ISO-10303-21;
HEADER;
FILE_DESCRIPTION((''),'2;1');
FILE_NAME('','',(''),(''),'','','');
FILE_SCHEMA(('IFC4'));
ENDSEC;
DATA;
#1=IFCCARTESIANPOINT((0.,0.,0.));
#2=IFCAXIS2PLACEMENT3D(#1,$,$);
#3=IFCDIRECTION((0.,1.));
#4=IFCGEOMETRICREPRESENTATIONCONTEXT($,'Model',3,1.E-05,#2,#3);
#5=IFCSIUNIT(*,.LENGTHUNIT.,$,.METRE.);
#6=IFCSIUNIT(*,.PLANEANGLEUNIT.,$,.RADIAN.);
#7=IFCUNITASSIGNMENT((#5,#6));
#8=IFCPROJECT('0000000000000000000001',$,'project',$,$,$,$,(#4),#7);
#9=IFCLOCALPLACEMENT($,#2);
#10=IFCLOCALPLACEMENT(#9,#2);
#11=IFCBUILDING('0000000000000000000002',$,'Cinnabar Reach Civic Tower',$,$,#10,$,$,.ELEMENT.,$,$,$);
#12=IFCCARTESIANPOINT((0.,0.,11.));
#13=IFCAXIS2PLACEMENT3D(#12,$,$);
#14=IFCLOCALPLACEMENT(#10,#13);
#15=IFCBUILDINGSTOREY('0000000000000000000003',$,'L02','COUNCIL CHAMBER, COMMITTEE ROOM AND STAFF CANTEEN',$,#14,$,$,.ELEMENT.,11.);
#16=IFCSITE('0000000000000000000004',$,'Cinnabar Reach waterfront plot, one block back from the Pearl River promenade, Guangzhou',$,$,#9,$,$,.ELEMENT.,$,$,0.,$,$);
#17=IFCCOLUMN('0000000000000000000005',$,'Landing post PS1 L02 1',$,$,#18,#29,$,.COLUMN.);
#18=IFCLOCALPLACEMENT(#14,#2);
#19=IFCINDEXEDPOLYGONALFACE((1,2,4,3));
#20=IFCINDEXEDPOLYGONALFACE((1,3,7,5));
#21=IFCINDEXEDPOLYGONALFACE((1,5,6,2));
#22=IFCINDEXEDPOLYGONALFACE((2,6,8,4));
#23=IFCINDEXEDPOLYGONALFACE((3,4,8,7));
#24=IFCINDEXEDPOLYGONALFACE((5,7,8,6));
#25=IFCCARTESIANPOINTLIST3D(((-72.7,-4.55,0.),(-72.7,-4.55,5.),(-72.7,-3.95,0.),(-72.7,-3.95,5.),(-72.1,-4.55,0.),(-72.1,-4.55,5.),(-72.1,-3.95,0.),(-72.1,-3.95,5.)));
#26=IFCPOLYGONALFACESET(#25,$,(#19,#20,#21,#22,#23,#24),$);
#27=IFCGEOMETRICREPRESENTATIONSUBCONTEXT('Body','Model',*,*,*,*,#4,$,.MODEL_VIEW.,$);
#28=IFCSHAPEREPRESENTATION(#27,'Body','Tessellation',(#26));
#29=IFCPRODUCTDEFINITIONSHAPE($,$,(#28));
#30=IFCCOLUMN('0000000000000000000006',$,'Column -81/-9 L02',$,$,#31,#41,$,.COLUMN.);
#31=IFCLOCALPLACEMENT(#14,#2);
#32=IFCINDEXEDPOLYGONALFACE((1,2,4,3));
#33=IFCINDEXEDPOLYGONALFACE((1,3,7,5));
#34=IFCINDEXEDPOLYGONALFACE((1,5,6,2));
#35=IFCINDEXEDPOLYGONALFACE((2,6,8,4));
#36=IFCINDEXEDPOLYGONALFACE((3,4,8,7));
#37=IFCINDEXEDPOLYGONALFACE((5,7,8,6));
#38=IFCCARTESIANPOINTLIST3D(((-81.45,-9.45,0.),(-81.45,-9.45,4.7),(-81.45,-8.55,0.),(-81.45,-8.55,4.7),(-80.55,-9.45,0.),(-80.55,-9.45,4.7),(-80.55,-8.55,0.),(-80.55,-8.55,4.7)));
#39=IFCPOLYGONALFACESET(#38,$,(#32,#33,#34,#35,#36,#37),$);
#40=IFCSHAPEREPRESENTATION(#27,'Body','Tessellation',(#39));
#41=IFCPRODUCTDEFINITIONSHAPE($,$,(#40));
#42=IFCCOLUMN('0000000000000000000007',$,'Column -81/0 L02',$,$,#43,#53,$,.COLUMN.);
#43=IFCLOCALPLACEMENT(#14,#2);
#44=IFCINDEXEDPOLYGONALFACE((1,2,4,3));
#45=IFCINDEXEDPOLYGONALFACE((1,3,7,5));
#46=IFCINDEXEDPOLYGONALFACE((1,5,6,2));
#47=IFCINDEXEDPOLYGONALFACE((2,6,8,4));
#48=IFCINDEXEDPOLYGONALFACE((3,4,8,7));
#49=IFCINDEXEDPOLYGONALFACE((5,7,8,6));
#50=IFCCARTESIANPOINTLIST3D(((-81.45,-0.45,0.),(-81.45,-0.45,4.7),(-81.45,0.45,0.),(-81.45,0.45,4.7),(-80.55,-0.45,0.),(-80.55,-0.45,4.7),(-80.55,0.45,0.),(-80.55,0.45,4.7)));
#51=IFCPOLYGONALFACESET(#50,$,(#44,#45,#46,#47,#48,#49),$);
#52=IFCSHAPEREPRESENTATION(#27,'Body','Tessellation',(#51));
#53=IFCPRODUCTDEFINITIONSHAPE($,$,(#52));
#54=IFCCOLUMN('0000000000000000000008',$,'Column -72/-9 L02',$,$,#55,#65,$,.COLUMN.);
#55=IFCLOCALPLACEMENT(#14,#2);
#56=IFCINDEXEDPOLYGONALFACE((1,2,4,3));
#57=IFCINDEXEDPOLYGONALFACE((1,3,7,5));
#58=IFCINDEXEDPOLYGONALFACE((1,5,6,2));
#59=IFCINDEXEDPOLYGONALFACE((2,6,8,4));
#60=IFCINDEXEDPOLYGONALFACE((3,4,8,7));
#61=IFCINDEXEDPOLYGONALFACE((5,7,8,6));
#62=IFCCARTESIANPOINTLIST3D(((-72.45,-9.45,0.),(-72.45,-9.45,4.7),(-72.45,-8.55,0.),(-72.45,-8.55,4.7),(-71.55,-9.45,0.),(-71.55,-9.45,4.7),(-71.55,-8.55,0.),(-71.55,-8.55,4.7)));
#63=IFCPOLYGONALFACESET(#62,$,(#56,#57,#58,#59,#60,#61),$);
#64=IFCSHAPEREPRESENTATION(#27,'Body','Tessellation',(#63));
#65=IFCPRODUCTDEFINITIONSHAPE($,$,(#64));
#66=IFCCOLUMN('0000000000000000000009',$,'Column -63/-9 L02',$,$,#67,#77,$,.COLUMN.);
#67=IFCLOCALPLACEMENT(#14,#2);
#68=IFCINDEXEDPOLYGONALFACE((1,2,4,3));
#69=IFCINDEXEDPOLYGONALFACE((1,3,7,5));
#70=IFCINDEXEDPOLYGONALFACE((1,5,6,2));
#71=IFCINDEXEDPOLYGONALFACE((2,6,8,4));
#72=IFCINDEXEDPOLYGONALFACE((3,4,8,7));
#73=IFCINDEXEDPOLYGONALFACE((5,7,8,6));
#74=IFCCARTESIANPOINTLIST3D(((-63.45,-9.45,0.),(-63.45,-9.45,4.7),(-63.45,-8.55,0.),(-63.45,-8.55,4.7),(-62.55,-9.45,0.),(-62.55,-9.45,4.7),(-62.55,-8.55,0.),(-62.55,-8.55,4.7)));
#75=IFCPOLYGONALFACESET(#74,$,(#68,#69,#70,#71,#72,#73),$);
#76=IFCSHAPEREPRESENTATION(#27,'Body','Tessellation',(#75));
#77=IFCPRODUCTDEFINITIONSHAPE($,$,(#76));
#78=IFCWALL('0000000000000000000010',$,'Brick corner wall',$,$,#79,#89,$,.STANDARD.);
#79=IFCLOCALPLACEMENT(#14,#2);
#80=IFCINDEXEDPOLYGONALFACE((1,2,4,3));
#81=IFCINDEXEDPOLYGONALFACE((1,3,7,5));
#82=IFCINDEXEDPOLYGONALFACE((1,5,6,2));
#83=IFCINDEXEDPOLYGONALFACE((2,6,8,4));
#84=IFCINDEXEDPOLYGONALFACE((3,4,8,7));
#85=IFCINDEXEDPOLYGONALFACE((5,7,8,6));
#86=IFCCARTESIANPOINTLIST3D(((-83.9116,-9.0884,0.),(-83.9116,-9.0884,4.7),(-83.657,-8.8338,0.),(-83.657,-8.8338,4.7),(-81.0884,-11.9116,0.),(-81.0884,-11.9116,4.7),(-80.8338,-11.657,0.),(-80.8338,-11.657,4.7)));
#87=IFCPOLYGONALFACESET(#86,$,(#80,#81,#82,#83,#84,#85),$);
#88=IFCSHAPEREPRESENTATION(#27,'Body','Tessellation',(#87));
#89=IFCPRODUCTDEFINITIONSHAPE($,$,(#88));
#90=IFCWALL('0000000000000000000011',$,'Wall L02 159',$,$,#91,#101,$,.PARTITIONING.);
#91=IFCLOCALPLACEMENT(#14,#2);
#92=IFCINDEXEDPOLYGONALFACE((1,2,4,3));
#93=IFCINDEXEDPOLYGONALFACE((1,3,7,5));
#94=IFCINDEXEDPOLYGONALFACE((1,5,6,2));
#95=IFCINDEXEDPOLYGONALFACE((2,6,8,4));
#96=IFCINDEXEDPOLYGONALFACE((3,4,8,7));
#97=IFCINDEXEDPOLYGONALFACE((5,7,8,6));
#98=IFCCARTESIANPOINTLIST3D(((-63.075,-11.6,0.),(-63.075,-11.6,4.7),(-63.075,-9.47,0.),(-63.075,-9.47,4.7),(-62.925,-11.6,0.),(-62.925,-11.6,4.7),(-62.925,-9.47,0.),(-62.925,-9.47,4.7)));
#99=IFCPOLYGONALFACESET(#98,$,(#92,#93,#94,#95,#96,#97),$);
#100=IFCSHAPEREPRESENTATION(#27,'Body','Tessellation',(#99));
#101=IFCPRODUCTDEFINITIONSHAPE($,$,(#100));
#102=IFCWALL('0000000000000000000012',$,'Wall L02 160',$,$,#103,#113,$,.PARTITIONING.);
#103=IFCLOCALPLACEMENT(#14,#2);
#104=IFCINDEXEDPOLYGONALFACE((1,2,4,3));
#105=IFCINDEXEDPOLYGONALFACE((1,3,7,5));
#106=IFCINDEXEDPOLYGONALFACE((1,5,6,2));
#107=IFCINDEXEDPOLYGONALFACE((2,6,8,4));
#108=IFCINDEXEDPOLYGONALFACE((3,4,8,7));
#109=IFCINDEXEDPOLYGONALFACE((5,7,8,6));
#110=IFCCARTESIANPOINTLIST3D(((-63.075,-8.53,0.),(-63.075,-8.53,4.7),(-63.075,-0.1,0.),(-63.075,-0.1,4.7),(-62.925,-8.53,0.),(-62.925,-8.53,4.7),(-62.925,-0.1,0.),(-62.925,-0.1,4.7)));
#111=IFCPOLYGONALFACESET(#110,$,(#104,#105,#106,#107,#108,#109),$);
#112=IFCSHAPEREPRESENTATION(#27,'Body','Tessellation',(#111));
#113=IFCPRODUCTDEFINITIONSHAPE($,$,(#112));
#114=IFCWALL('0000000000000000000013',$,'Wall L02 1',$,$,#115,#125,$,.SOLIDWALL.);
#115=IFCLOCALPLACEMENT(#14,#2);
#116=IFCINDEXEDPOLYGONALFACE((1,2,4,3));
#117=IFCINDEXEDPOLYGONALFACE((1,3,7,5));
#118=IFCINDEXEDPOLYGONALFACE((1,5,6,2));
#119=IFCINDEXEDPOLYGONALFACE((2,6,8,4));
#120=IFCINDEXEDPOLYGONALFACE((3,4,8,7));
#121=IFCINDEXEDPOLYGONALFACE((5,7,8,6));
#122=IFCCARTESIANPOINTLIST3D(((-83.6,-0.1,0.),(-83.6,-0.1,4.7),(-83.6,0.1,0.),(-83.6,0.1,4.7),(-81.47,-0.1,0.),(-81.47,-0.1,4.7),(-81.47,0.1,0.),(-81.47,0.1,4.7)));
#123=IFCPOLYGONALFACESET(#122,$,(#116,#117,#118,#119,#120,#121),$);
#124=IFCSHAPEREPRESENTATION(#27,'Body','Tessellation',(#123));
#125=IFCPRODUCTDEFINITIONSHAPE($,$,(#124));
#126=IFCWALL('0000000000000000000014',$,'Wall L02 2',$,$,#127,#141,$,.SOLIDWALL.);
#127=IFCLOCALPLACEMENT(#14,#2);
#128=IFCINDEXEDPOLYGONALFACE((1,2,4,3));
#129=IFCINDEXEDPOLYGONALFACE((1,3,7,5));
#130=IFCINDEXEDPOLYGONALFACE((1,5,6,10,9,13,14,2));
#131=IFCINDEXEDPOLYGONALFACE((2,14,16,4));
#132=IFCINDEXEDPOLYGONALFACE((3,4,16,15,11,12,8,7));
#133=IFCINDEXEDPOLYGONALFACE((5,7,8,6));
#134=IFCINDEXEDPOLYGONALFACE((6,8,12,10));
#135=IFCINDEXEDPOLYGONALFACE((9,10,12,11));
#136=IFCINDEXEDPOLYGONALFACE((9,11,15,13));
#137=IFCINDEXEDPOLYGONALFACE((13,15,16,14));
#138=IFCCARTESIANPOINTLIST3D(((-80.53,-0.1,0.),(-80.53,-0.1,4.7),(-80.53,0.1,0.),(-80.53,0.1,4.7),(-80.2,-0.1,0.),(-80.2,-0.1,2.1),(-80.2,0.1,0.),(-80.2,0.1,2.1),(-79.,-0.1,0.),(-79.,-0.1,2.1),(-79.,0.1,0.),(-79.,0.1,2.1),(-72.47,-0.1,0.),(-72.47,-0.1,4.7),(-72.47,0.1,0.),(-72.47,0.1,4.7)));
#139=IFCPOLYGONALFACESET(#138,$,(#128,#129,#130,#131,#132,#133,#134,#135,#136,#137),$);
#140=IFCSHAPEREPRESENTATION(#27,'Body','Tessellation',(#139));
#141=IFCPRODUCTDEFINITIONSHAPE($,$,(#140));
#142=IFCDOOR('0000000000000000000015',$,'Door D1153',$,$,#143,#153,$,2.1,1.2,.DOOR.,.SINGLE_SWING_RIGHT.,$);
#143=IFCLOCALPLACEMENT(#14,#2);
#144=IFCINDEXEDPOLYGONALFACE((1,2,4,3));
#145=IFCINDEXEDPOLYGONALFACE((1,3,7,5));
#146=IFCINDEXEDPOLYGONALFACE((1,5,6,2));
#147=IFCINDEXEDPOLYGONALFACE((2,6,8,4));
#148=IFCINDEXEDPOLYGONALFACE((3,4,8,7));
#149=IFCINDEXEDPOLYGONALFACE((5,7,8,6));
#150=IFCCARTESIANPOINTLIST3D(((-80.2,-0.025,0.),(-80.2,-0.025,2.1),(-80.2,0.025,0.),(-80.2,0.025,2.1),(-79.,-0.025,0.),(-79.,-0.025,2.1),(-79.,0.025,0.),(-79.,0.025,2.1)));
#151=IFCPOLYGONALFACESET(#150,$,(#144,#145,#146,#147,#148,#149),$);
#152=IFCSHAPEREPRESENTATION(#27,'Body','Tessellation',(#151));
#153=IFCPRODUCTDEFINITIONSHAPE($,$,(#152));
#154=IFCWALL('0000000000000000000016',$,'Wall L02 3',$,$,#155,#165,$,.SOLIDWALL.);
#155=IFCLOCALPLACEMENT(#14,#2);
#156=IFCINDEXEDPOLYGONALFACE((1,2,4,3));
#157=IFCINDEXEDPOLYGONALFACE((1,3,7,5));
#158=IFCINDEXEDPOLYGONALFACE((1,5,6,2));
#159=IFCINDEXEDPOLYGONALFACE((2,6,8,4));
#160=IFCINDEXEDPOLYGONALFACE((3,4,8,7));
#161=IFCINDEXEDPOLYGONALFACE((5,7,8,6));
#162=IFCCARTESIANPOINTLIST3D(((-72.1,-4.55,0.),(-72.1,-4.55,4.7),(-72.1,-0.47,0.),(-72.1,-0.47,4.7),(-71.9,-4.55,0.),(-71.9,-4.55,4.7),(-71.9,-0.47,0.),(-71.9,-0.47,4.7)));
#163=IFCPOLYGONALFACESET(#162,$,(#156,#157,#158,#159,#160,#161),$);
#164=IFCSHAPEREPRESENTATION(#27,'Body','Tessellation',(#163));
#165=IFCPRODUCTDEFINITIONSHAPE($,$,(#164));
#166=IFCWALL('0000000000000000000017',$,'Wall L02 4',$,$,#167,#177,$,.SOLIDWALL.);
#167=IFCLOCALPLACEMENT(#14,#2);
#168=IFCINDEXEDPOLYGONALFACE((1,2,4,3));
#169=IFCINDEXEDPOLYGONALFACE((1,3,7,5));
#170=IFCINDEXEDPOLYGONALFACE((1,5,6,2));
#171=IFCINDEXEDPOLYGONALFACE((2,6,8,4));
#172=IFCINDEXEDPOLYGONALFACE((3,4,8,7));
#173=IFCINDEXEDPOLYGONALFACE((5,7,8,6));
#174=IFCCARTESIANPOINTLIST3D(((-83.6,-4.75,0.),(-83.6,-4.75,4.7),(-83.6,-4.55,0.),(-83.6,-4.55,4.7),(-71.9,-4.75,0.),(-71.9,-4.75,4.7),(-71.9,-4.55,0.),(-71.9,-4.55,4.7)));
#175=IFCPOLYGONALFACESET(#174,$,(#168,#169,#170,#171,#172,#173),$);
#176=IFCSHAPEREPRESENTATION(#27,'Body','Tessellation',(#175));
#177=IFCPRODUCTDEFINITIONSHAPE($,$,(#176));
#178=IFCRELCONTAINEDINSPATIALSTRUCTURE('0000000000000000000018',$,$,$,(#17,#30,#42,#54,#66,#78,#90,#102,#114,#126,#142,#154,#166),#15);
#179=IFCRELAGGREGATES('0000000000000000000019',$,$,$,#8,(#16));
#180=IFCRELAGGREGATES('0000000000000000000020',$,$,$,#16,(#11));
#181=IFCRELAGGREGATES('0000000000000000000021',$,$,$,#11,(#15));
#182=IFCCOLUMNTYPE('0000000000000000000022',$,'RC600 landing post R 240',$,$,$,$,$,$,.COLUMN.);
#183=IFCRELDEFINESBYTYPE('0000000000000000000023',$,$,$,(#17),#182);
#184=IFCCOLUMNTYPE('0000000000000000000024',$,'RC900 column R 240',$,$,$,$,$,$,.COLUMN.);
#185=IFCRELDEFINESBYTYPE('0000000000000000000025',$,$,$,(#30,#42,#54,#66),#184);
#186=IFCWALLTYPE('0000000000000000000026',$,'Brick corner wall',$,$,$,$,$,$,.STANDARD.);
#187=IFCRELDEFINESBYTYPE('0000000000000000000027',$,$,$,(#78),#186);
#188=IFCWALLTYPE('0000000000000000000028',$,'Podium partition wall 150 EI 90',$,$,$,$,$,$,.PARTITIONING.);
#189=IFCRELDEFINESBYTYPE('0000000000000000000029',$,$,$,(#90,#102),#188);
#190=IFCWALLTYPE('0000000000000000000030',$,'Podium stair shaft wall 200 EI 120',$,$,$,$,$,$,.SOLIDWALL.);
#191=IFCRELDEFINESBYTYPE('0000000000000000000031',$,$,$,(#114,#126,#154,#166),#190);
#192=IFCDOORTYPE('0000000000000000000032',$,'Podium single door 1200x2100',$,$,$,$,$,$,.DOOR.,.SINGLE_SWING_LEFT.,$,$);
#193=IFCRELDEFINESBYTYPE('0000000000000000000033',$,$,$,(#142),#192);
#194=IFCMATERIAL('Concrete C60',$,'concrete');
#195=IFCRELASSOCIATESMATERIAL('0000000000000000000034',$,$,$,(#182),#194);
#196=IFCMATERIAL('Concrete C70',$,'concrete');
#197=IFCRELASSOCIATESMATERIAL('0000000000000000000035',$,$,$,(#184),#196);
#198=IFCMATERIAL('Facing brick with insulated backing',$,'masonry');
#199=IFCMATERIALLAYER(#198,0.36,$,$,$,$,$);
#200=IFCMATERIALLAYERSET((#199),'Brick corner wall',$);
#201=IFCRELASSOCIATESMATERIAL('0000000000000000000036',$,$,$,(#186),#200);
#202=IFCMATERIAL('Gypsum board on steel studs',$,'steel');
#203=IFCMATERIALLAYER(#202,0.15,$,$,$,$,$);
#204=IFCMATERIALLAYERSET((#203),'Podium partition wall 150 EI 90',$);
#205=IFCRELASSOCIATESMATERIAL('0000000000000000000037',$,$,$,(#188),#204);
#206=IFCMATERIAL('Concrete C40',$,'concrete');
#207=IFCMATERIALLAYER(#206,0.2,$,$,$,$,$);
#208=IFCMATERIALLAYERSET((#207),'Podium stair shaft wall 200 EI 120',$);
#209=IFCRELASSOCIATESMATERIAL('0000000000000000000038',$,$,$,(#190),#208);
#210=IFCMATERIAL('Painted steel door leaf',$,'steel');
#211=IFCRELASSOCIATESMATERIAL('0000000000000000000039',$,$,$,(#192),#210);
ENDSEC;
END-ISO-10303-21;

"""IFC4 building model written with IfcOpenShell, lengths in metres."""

from ifc_helpers import new_model, si_unit, direction, frame, frame_2d, origin, origin_2d, place, context, subcontext, project, spatial, rectangle, extrude, material, layer, layer_set, material_profile, profile_set, type_object, element, fill, save


model = new_model("IFC4")

# Units and contexts
model_context = context("Model", 3, precision=1e-05, world=origin(), true_north=direction((0.0, 1.0)))
body_context = subcontext(model_context, "Body", "Model", "MODEL_VIEW")
ifc_project = project(units=[si_unit("LENGTHUNIT", "METRE"), si_unit("PLANEANGLEUNIT", "RADIAN")], contexts=[model_context])

# Site, building, storey
site_placement = place(None, origin())
site = spatial("IfcSite", under=ifc_project, at=site_placement, Name="Cinnabar Reach waterfront plot, one block back from the Pearl River promenade, Guangzhou", CompositionType="ELEMENT", RefElevation=0.0)
building_placement = place(site_placement, origin())
building = spatial("IfcBuilding", under=site, at=building_placement, Name="Cinnabar Reach Civic Tower", CompositionType="ELEMENT")
storey_placement = place(building_placement, frame((0.0, 0.0, 11.0)))
storey = spatial("IfcBuildingStorey", under=building, at=storey_placement, Name="L02", Description="COUNCIL CHAMBER, COMMITTEE ROOM AND STAFF CANTEEN", CompositionType="ELEMENT", Elevation=11.0)

# Columns
ifc_material_1 = material(Name="Concrete C60", Category="concrete")
ifc_material_profile_1 = material_profile(ifc_material_1, rectangle(XDim=0.6, YDim=0.6, at=origin_2d()), Name="RC600")
ifc_profile_set_1 = profile_set([ifc_material_profile_1], Name="Concrete C60")
column_type_1 = type_object("IfcColumnType", Name="RC600 landing post R 240", PredefinedType="COLUMN", material=ifc_profile_set_1)
column_placement = place(storey_placement, frame((-72.4, -4.25, 0.0), z_axis=(0.0, 0.0, 1.0), x_axis=(1.0, 0.0, 0.0)))
element("IfcColumn", 1, at=column_placement, inside=storey, type_object=column_type_1, Name="Landing post PS1 L02 1", PredefinedType="COLUMN", context=body_context, shape_type="SweptSolid", body=[
    extrude(rectangle(XDim=0.6, YDim=0.6, at=origin_2d()), origin(), (0.0, 0.0, 1.0), 5.0),
])
ifc_material_2 = material(Name="Concrete C70", Category="concrete")
ifc_material_profile_2 = material_profile(ifc_material_2, rectangle(XDim=0.9, YDim=0.9, at=origin_2d()), Name="RC900")
ifc_profile_set_2 = profile_set([ifc_material_profile_2], Name="Concrete C70")
column_type_2 = type_object("IfcColumnType", Name="RC900 column R 240", PredefinedType="COLUMN", material=ifc_profile_set_2)
for number, where, z_axis, x_axis, name in (
    (2, (-81.0, -9.0, 0.0), (0.0, 0.0, 1.0), (1.0, 0.0, 0.0), "Column -81/-9 L02"),
    (3, (-81.0, 0.0, 0.0), (0.0, 0.0, 1.0), (1.0, 0.0, 0.0), "Column -81/0 L02"),
    (4, (-72.0, -9.0, 0.0), (0.0, 0.0, 1.0), (1.0, 0.0, 0.0), "Column -72/-9 L02"),
    (5, (-63.0, -9.0, 0.0), (0.0, 0.0, 1.0), (1.0, 0.0, 0.0), "Column -63/-9 L02"),
):
    element("IfcColumn", number, at=place(storey_placement, frame(where, z_axis=z_axis, x_axis=x_axis)), inside=storey, type_object=column_type_2, Name=name, PredefinedType="COLUMN", context=body_context, shape_type="SweptSolid", body=[
        extrude(rectangle(XDim=0.9, YDim=0.9, at=origin_2d()), origin(), (0.0, 0.0, 1.0), 4.7),
    ])

# Walls
ifc_material_3 = material(Name="Facing brick with insulated backing", Category="masonry")
ifc_layer_1 = layer(ifc_material_3, 0.36)
ifc_layer_set_1 = layer_set([ifc_layer_1], Name="Brick corner wall")
wall_type_1 = type_object("IfcWallType", Name="Brick corner wall", PredefinedType="STANDARD", material=ifc_layer_set_1)
wall_1_placement = place(storey_placement, frame((-83.7843, -8.9611, 0.0), z_axis=(0.0, 0.0, 1.0), x_axis=(0.707107, -0.707107, 0.0)))
element("IfcWall", 6, at=wall_1_placement, inside=storey, type_object=wall_type_1, Name="Brick corner wall", PredefinedType="STANDARD", context=body_context, shape_type="SweptSolid", body=[
    extrude(rectangle(XDim=3.9926, YDim=0.36, at=frame_2d((1.9963, 0.0))), origin(), (0.0, 0.0, 1.0), 4.7),
])
ifc_material_4 = material(Name="Gypsum board on steel studs", Category="steel")
ifc_layer_2 = layer(ifc_material_4, 0.15)
ifc_layer_set_2 = layer_set([ifc_layer_2], Name="Podium partition wall 150 EI 90")
wall_type_2 = type_object("IfcWallType", Name="Podium partition wall 150 EI 90", PredefinedType="PARTITIONING", material=ifc_layer_set_2)
wall_2_placement = place(storey_placement, frame((-63.0, -11.6, 0.0), z_axis=(0.0, 0.0, 1.0), x_axis=(0.0, 1.0, 0.0)))
element("IfcWall", 7, at=wall_2_placement, inside=storey, type_object=wall_type_2, Name="Wall L02 159", PredefinedType="PARTITIONING", context=body_context, shape_type="SweptSolid", body=[
    extrude(rectangle(XDim=2.13, YDim=0.15, at=frame_2d((1.065, 0.0))), origin(), (0.0, 0.0, 1.0), 4.7),
])
wall_3_placement = place(storey_placement, frame((-63.0, -8.53, 0.0), z_axis=(0.0, 0.0, 1.0), x_axis=(0.0, 1.0, 0.0)))
element("IfcWall", 8, at=wall_3_placement, inside=storey, type_object=wall_type_2, Name="Wall L02 160", PredefinedType="PARTITIONING", context=body_context, shape_type="SweptSolid", body=[
    extrude(rectangle(XDim=8.43, YDim=0.15, at=frame_2d((4.215, 0.0))), origin(), (0.0, 0.0, 1.0), 4.7),
])
ifc_material_5 = material(Name="Concrete C40", Category="concrete")
ifc_layer_3 = layer(ifc_material_5, 0.2)
ifc_layer_set_3 = layer_set([ifc_layer_3], Name="Podium stair shaft wall 200 EI 120")
wall_type_3 = type_object("IfcWallType", Name="Podium stair shaft wall 200 EI 120", PredefinedType="SOLIDWALL", material=ifc_layer_set_3)
wall_4_placement = place(storey_placement, frame((-83.6, 0.0, 0.0), z_axis=(0.0, 0.0, 1.0), x_axis=(1.0, 0.0, 0.0)))
element("IfcWall", 9, at=wall_4_placement, inside=storey, type_object=wall_type_3, Name="Wall L02 1", PredefinedType="SOLIDWALL", context=body_context, shape_type="SweptSolid", body=[
    extrude(rectangle(XDim=2.13, YDim=0.2, at=frame_2d((1.065, 0.0))), origin(), (0.0, 0.0, 1.0), 4.7),
])

# Wall, opening, door
wall_5_placement = place(storey_placement, frame((-80.53, 0.0, 0.0), z_axis=(0.0, 0.0, 1.0), x_axis=(1.0, 0.0, 0.0)))
wall_5 = element("IfcWall", 10, at=wall_5_placement, inside=storey, type_object=wall_type_3, Name="Wall L02 2", PredefinedType="SOLIDWALL", context=body_context, shape_type="SweptSolid", body=[
    extrude(rectangle(XDim=8.06, YDim=0.2, at=frame_2d((4.03, 0.0))), origin(), (0.0, 0.0, 1.0), 4.7),
])
opening_placement = place(wall_5_placement, frame((0.33, 0.0, 0.0)))
opening = element("IfcOpeningElement", 11, at=opening_placement, cuts=wall_5, PredefinedType="OPENING", context=body_context, shape_type="SweptSolid", body=[
    extrude(rectangle(XDim=1.2, YDim=2.1, at=frame_2d((0.6, 1.05))), frame((0.0, 0.11, 0.0), z_axis=(0.0, -1.0, 0.0), x_axis=(1.0, 0.0, 0.0)), (0.0, 0.0, 1.0), 0.22),
])
ifc_material_6 = material(Name="Painted steel door leaf", Category="steel")
door_type = type_object("IfcDoorType", Name="Podium single door 1200x2100", OperationType="SINGLE_SWING_LEFT", PredefinedType="DOOR", material=ifc_material_6)
door_placement = place(opening_placement, frame((1.2, 0.0, 0.0), z_axis=(0.0, 0.0, 1.0), x_axis=(-1.0, 0.0, 0.0)))
door = element("IfcDoor", 12, at=door_placement, inside=storey, type_object=door_type, Name="Door D1153", OperationType="SINGLE_SWING_RIGHT", OverallHeight=2.1, OverallWidth=1.2, PredefinedType="DOOR", context=body_context, shape_type="SweptSolid", body=[
    extrude(rectangle(XDim=1.2, YDim=2.1, at=frame_2d((0.6, 1.05))), frame((0.0, 0.025, 0.0), z_axis=(0.0, -1.0, 0.0), x_axis=(1.0, 0.0, 0.0)), (0.0, 0.0, 1.0), 0.05),
])
fill(opening, door)

# Walls
wall_6_placement = place(storey_placement, frame((-72.0, -4.55, 0.0), z_axis=(0.0, 0.0, 1.0), x_axis=(0.0, 1.0, 0.0)))
element("IfcWall", 13, at=wall_6_placement, inside=storey, type_object=wall_type_3, Name="Wall L02 3", PredefinedType="SOLIDWALL", context=body_context, shape_type="SweptSolid", body=[
    extrude(rectangle(XDim=4.08, YDim=0.2, at=frame_2d((2.04, 0.0))), origin(), (0.0, 0.0, 1.0), 4.7),
])
wall_7_placement = place(storey_placement, frame((-83.6, -4.65, 0.0), z_axis=(0.0, 0.0, 1.0), x_axis=(1.0, 0.0, 0.0)))
element("IfcWall", 14, at=wall_7_placement, inside=storey, type_object=wall_type_3, Name="Wall L02 4", PredefinedType="SOLIDWALL", context=body_context, shape_type="SweptSolid", body=[
    extrude(rectangle(XDim=11.7, YDim=0.2, at=frame_2d((5.85, 0.0))), origin(), (0.0, 0.0, 1.0), 4.7),
])

save(model, "model.ifc")
